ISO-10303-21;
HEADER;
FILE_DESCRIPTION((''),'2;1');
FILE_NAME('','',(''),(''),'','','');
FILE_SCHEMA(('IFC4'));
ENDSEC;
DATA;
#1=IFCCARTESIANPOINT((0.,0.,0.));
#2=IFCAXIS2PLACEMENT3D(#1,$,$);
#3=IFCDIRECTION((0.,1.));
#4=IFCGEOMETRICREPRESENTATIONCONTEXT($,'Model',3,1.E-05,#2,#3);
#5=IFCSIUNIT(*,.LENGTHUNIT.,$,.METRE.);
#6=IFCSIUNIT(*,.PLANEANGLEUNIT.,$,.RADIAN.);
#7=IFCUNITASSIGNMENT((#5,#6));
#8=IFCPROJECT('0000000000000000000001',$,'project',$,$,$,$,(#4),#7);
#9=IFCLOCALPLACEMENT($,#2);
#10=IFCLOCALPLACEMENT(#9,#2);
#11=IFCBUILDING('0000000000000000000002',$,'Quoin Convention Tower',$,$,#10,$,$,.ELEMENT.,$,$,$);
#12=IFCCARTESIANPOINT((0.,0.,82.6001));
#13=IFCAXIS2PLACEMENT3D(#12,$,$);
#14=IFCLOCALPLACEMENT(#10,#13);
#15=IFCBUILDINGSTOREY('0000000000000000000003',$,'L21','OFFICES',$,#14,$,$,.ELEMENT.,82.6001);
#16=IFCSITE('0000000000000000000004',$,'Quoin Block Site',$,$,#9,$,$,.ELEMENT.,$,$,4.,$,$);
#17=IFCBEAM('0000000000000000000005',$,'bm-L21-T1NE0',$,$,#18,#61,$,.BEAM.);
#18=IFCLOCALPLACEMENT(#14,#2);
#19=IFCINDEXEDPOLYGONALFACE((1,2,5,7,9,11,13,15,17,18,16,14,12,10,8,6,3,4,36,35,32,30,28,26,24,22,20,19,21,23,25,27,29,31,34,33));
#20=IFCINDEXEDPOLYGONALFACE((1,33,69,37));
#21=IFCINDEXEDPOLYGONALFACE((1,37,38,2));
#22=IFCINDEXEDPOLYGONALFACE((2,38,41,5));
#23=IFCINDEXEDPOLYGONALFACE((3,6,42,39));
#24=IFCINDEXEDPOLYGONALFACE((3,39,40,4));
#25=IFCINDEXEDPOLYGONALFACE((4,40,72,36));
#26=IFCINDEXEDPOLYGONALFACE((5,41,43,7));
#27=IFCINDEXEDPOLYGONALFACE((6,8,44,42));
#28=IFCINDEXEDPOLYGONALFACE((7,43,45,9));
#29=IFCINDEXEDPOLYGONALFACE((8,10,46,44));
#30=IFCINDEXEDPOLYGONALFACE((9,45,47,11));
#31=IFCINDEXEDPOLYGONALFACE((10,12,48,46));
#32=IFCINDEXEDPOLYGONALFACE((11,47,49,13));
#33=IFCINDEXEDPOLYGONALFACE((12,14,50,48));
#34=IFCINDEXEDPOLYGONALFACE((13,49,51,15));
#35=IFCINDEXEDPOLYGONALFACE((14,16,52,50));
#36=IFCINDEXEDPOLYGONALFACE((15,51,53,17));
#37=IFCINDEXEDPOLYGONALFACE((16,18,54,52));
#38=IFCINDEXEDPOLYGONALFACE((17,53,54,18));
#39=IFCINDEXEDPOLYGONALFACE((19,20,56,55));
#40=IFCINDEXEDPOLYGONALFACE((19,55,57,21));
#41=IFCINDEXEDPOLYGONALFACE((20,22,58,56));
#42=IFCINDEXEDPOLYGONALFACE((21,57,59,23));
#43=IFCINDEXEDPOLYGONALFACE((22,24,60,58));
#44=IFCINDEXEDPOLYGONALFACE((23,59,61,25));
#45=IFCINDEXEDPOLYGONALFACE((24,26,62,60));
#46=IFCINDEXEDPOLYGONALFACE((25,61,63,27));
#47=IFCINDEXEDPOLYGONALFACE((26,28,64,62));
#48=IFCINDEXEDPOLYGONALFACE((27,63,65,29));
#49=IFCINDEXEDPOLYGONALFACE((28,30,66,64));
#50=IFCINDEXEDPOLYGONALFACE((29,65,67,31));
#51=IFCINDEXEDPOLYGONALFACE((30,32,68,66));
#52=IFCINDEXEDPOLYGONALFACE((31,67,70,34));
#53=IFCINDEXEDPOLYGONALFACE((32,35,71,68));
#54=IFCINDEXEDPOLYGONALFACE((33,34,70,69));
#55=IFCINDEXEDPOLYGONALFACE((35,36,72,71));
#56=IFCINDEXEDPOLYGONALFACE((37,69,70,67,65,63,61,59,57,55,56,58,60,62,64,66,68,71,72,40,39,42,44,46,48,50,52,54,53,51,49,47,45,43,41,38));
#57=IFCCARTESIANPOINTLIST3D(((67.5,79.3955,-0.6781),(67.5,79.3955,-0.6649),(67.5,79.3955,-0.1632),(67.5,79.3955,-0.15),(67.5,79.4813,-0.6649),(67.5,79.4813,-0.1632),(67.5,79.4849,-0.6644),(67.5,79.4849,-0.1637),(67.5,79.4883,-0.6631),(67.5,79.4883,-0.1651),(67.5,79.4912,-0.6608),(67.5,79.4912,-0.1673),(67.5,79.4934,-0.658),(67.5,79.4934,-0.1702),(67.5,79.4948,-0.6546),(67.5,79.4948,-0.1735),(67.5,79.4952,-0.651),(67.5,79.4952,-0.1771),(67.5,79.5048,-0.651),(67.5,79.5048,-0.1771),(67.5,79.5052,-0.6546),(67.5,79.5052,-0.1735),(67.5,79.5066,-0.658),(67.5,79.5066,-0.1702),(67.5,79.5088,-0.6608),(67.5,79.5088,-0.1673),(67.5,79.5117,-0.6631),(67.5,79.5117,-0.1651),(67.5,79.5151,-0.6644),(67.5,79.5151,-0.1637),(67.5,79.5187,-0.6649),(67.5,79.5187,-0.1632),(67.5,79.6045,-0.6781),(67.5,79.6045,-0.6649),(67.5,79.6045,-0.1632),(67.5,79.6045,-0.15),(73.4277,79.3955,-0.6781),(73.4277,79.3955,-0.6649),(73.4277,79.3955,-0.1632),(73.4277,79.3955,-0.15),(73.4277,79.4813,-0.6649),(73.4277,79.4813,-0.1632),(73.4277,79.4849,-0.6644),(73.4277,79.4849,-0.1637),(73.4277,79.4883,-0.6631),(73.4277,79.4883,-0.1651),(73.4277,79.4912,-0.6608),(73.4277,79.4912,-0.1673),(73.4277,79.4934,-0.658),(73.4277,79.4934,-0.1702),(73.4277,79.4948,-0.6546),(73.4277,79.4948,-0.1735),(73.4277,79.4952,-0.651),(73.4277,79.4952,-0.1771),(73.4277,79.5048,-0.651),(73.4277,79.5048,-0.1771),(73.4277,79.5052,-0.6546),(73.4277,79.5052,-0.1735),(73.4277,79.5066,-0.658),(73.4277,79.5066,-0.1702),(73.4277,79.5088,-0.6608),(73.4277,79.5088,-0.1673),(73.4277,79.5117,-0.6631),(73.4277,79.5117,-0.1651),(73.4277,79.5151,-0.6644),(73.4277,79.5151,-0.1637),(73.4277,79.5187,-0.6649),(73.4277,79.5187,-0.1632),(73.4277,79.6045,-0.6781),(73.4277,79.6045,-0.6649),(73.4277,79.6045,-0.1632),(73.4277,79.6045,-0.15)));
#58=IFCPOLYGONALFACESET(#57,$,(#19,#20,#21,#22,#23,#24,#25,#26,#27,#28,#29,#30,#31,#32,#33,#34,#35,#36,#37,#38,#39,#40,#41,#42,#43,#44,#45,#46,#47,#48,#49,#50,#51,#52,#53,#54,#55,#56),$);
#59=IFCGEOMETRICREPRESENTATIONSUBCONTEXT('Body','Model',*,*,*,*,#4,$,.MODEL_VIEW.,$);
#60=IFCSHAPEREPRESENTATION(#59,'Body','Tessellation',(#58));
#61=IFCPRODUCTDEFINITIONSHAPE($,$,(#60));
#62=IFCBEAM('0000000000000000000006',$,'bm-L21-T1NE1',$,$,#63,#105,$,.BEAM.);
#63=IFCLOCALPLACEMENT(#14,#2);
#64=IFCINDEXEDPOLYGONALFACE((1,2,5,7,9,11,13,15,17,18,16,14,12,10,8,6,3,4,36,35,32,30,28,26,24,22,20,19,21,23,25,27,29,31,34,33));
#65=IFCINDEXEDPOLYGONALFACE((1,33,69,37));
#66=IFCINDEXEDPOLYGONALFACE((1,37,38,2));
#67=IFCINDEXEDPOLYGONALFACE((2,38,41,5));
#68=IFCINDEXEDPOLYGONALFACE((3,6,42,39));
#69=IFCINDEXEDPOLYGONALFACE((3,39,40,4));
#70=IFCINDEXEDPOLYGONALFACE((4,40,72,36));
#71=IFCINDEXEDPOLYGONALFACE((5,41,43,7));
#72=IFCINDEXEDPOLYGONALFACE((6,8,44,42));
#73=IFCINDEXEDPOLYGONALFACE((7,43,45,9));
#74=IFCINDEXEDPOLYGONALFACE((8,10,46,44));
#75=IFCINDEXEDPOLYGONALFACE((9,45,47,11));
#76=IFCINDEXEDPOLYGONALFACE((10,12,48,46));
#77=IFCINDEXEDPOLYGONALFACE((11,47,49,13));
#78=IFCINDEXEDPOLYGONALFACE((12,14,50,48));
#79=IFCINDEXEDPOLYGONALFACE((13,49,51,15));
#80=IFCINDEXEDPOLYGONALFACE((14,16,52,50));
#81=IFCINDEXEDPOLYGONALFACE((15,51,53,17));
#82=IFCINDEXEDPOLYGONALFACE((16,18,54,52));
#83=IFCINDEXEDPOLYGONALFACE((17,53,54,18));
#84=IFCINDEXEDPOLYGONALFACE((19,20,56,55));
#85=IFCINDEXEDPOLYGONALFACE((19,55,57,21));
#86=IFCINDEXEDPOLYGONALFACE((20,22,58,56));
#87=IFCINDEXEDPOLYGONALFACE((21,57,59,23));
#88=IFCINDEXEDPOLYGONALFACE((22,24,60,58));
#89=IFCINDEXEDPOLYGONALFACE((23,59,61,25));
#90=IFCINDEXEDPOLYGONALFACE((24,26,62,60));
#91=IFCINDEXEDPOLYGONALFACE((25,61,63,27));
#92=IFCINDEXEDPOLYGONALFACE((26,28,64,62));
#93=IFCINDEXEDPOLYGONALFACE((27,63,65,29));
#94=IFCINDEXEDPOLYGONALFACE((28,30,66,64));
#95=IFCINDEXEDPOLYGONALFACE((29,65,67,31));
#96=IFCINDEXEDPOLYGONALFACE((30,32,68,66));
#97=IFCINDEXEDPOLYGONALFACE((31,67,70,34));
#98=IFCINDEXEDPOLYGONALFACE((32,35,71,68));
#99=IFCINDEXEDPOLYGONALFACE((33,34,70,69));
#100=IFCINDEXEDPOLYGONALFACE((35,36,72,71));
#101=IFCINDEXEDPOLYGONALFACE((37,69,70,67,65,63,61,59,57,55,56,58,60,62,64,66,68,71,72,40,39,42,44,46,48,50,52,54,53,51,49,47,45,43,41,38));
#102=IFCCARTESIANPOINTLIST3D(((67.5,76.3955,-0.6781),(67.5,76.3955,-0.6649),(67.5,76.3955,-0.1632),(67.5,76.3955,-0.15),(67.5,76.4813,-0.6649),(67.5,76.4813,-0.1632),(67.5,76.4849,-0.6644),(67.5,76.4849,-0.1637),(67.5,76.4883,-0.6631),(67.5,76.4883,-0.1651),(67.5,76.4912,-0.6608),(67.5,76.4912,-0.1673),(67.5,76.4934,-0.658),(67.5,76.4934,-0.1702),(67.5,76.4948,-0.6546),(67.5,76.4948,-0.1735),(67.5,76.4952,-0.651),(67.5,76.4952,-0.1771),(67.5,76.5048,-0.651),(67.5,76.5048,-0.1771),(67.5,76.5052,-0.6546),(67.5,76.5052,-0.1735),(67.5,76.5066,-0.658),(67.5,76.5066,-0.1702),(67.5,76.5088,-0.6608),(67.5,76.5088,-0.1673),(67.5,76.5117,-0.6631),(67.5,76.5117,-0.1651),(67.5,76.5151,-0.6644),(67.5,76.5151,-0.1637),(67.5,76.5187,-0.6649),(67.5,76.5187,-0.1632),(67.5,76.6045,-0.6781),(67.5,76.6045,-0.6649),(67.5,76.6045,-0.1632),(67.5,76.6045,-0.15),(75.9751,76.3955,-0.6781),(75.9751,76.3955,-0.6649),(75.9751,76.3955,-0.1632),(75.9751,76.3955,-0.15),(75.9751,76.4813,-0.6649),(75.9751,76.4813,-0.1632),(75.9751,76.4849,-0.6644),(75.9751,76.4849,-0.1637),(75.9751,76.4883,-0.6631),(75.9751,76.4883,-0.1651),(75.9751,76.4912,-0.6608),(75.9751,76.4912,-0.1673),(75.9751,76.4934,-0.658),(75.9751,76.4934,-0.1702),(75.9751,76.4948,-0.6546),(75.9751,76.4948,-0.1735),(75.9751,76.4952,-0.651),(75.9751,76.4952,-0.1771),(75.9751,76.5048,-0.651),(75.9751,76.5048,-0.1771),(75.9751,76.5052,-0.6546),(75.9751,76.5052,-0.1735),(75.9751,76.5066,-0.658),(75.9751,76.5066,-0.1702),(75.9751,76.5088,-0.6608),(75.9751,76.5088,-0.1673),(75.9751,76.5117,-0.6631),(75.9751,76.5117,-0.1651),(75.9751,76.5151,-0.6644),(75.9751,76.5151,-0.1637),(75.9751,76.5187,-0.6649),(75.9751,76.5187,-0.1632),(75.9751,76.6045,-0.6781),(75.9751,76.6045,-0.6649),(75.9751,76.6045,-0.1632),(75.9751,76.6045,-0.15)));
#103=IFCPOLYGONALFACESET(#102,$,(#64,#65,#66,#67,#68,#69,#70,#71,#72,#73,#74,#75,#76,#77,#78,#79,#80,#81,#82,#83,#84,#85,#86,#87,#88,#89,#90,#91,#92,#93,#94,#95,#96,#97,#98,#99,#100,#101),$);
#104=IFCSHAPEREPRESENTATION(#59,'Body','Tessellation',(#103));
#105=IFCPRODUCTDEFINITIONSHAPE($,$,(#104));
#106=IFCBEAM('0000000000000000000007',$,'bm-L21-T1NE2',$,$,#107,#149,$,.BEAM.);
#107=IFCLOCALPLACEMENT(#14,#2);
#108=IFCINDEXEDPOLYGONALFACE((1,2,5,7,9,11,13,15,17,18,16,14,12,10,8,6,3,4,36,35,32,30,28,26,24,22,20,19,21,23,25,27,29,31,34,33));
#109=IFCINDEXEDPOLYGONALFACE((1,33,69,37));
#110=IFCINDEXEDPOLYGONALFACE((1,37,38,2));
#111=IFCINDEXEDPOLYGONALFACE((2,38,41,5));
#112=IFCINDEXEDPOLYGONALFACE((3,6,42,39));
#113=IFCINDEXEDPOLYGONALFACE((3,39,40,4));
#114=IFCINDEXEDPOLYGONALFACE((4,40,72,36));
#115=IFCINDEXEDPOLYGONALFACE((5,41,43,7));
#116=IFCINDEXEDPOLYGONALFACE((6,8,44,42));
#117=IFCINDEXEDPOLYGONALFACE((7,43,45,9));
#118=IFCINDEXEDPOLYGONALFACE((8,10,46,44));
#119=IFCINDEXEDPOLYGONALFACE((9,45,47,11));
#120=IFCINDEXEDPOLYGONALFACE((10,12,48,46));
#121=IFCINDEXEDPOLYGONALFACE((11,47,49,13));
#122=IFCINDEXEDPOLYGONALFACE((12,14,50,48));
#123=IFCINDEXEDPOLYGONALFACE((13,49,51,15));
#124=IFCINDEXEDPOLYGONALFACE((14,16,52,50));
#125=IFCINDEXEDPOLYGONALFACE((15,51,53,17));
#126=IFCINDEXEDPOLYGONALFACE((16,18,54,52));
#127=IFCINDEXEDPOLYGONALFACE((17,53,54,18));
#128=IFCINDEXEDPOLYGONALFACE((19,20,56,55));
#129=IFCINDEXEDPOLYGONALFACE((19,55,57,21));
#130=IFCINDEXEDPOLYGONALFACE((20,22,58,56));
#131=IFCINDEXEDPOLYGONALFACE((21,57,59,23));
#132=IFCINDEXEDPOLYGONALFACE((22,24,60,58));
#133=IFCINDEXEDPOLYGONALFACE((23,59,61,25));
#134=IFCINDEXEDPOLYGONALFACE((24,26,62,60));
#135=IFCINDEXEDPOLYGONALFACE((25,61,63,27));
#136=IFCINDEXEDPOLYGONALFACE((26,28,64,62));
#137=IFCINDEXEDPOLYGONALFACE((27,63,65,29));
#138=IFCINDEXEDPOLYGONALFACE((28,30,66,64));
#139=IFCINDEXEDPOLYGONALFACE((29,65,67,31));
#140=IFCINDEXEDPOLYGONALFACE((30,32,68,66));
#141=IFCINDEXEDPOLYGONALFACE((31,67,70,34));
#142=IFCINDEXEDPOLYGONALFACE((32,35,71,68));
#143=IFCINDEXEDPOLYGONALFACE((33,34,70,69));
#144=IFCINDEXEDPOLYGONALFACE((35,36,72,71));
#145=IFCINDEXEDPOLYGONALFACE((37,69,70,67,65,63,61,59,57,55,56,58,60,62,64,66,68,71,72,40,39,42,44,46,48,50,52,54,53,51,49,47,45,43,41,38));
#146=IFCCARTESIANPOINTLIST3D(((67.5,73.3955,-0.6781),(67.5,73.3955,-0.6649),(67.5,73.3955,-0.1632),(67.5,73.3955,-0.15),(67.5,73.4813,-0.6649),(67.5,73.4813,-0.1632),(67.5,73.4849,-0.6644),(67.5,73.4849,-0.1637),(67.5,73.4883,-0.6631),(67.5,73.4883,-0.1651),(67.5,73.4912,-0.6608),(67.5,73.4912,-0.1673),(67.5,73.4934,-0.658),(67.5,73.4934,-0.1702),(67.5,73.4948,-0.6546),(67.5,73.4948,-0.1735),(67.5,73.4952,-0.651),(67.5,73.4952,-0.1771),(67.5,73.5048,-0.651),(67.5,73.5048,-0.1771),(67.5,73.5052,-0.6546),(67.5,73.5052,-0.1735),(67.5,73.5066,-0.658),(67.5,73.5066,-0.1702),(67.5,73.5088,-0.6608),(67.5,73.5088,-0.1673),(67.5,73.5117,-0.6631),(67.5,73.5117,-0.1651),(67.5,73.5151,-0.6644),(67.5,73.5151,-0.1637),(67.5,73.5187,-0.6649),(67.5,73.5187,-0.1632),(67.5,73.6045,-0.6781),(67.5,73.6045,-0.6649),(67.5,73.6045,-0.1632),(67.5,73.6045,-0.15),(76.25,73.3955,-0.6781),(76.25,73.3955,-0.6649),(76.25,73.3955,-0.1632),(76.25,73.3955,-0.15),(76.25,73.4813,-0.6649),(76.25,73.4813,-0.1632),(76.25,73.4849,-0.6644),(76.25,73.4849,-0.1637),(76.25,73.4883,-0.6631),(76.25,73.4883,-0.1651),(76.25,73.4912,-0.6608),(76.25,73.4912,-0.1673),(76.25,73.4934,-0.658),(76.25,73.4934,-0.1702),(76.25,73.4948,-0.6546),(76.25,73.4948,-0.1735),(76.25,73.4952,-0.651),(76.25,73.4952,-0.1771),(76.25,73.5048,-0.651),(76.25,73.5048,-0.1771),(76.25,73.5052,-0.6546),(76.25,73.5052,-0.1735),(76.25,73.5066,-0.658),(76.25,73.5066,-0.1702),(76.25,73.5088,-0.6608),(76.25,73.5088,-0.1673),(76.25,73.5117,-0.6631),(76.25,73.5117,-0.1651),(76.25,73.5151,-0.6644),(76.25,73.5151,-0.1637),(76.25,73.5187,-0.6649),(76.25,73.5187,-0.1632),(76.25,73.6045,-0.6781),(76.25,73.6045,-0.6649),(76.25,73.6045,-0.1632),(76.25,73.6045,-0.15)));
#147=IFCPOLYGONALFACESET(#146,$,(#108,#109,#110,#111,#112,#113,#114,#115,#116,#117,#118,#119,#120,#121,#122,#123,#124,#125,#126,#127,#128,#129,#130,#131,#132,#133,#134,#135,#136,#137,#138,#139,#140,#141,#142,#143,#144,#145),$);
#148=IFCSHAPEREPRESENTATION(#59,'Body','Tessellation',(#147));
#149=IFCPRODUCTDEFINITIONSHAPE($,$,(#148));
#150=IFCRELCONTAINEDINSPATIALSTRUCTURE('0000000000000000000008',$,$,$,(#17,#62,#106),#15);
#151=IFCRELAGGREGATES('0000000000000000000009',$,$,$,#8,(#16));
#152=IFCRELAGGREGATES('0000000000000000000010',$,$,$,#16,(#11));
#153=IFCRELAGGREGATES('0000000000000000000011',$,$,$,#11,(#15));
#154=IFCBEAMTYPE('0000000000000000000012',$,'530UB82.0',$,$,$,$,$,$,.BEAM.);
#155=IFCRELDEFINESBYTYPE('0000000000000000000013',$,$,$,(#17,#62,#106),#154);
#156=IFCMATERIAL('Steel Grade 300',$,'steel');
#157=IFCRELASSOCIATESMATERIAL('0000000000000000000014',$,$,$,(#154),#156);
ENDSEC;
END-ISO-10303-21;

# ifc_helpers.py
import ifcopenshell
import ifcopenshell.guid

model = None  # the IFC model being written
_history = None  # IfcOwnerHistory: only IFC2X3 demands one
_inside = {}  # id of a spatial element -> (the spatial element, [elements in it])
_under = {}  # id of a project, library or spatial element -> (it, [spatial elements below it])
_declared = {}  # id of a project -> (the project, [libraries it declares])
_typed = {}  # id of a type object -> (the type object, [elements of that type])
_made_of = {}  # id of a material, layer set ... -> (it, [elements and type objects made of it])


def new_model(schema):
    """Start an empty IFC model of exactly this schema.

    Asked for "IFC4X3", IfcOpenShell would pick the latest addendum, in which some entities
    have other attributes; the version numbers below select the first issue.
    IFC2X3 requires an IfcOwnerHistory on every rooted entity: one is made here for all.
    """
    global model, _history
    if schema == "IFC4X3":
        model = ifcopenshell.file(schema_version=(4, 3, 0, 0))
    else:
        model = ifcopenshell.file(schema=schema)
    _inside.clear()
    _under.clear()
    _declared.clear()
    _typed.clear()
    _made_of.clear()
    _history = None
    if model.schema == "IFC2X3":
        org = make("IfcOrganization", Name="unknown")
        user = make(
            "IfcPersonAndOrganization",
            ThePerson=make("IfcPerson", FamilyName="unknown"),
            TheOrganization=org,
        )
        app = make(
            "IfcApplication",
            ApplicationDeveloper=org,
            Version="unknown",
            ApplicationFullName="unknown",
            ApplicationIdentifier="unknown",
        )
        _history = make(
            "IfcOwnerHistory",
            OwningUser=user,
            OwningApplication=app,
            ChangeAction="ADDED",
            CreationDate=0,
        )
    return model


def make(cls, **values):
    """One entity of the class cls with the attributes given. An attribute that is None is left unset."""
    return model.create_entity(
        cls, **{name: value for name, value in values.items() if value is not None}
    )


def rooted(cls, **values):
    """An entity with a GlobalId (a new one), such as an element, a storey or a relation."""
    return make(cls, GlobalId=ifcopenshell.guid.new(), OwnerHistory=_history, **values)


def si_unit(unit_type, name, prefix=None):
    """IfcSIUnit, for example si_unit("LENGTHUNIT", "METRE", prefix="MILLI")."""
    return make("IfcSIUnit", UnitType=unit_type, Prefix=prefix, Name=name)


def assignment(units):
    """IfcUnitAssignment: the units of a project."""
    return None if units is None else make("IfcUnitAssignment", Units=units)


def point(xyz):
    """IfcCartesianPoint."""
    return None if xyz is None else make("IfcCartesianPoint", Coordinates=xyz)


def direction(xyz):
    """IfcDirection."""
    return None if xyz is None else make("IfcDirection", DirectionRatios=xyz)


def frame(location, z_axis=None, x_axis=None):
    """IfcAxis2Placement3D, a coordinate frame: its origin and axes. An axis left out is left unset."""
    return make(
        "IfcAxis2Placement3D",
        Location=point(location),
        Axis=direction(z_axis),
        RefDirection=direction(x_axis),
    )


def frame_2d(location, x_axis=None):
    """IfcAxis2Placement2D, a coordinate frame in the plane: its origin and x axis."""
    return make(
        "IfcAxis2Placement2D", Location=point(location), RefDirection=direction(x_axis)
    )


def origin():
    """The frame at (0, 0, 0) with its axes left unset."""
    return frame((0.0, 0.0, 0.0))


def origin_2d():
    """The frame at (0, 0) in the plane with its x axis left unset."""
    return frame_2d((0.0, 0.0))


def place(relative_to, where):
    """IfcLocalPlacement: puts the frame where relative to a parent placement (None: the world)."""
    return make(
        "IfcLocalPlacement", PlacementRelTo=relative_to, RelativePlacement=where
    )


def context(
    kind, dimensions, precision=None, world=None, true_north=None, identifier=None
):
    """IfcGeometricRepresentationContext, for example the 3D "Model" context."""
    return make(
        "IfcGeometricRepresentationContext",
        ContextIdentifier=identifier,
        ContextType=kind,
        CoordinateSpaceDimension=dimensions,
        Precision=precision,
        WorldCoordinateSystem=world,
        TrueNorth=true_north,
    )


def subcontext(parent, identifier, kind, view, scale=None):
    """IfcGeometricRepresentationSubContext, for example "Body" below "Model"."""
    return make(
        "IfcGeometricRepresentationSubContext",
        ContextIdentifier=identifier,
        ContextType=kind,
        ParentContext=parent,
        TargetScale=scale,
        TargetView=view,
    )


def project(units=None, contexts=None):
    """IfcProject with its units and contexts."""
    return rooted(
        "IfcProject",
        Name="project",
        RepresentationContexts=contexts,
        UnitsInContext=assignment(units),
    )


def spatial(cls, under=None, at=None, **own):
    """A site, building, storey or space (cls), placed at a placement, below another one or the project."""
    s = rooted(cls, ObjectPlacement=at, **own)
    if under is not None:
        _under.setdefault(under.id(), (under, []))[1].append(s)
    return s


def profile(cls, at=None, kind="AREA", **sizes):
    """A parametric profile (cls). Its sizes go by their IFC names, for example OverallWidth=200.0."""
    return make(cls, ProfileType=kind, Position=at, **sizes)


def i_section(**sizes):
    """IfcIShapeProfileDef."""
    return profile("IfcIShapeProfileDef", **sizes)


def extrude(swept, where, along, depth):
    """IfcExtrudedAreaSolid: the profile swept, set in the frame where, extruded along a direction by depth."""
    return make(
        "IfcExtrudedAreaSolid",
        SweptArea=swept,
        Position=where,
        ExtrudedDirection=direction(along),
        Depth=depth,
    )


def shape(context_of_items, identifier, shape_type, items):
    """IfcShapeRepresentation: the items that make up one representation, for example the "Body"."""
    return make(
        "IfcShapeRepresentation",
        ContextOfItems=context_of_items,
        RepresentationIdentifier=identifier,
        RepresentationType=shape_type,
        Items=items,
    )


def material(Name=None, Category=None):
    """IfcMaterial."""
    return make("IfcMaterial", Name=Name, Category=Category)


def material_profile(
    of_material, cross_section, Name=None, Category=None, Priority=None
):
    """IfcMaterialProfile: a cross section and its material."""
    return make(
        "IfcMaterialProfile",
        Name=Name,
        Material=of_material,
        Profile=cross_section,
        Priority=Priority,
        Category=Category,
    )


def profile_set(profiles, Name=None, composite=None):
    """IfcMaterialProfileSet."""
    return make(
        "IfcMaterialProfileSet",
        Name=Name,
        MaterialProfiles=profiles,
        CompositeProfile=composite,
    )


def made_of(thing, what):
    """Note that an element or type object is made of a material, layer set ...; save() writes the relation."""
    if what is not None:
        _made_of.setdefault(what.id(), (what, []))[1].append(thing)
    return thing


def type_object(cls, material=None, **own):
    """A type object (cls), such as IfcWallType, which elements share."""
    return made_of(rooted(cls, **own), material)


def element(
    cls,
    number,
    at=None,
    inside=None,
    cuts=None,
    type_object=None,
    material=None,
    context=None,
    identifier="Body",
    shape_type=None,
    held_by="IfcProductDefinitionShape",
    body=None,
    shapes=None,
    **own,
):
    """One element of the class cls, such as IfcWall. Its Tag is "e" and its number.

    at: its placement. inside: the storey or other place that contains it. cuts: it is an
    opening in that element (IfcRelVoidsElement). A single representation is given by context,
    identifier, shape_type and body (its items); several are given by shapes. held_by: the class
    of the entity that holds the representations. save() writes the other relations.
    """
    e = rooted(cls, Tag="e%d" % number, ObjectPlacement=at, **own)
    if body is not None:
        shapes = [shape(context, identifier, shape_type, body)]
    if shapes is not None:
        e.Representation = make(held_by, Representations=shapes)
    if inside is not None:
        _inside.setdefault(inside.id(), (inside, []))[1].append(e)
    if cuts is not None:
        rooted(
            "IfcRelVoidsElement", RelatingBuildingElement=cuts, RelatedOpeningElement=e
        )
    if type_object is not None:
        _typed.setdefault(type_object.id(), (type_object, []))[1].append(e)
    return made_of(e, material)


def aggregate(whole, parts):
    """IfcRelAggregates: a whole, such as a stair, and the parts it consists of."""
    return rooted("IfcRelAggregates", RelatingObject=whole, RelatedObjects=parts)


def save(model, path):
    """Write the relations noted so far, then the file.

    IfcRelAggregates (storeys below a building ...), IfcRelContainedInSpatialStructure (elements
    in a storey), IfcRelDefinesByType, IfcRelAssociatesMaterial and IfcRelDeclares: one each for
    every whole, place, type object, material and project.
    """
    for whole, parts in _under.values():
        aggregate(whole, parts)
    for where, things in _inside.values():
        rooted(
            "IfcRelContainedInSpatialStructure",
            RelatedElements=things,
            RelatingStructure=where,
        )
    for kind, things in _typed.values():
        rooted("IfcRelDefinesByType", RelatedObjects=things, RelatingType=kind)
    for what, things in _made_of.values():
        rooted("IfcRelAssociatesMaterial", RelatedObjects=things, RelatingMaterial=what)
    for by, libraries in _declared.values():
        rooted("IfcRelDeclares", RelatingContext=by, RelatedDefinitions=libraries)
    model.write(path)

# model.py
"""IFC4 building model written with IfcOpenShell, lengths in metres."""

from ifc_helpers import new_model, si_unit, direction, frame, origin, origin_2d, place, context, subcontext, project, spatial, i_section, extrude, material, material_profile, profile_set, type_object, element, save


model = new_model("IFC4")

# Units and contexts
model_context = context("Model", 3, precision=1e-05, world=origin(), true_north=direction((0.0, 1.0)))
body_context = subcontext(model_context, "Body", "Model", "MODEL_VIEW")
ifc_project = project(units=[si_unit("LENGTHUNIT", "METRE"), si_unit("PLANEANGLEUNIT", "RADIAN")], contexts=[model_context])

# Site, building, storey
site_placement = place(None, origin())
site = spatial("IfcSite", under=ifc_project, at=site_placement, Name="Quoin Block Site", CompositionType="ELEMENT", RefElevation=4.0)
building_placement = place(site_placement, origin())
building = spatial("IfcBuilding", under=site, at=building_placement, Name="Quoin Convention Tower", CompositionType="ELEMENT")
storey_placement = place(building_placement, frame((0.0, 0.0, 82.6001)))
storey = spatial("IfcBuildingStorey", under=building, at=storey_placement, Name="L21", Description="OFFICES", CompositionType="ELEMENT", Elevation=82.6001)

# Beams
ifc_material_1 = material(Name="Steel Grade 300", Category="steel")
ifc_material_profile_1 = material_profile(ifc_material_1, i_section(OverallWidth=0.209, OverallDepth=0.5281, WebThickness=0.0095, FlangeThickness=0.0132, FilletRadius=0.0139, at=origin_2d()), Name="530UB82.0")
ifc_profile_set_1 = profile_set([ifc_material_profile_1], Name="Steel Grade 300")
beam_type_1 = type_object("IfcBeamType", Name="530UB82.0", PredefinedType="BEAM", material=ifc_profile_set_1)
beam_1_placement = place(storey_placement, frame((67.5, 79.5, -0.4141), z_axis=(1.0, 0.0, 0.0), x_axis=(0.0, 1.0, 0.0)))
element("IfcBeam", 1, at=beam_1_placement, inside=storey, type_object=beam_type_1, Name="bm-L21-T1NE0", PredefinedType="BEAM", context=body_context, shape_type="SweptSolid", body=[
    extrude(i_section(OverallWidth=0.209, OverallDepth=0.5281, WebThickness=0.0095, FlangeThickness=0.0132, FilletRadius=0.0139, at=origin_2d()), origin(), (0.0, 0.0, 1.0), 5.9277),
])
beam_2_placement = place(storey_placement, frame((67.5, 76.5, -0.4141), z_axis=(1.0, 0.0, 0.0), x_axis=(0.0, 1.0, 0.0)))
element("IfcBeam", 2, at=beam_2_placement, inside=storey, type_object=beam_type_1, Name="bm-L21-T1NE1", PredefinedType="BEAM", context=body_context, shape_type="SweptSolid", body=[
    extrude(i_section(OverallWidth=0.209, OverallDepth=0.5281, WebThickness=0.0095, FlangeThickness=0.0132, FilletRadius=0.0139, at=origin_2d()), origin(), (0.0, 0.0, 1.0), 8.4751),
])
beam_3_placement = place(storey_placement, frame((67.5, 73.5, -0.4141), z_axis=(1.0, 0.0, 0.0), x_axis=(0.0, 1.0, 0.0)))
element("IfcBeam", 3, at=beam_3_placement, inside=storey, type_object=beam_type_1, Name="bm-L21-T1NE2", PredefinedType="BEAM", context=body_context, shape_type="SweptSolid", body=[
    extrude(i_section(OverallWidth=0.209, OverallDepth=0.5281, WebThickness=0.0095, FlangeThickness=0.0132, FilletRadius=0.0139, at=origin_2d()), origin(), (0.0, 0.0, 1.0), 8.75),
])

save(model, "model.ifc")
